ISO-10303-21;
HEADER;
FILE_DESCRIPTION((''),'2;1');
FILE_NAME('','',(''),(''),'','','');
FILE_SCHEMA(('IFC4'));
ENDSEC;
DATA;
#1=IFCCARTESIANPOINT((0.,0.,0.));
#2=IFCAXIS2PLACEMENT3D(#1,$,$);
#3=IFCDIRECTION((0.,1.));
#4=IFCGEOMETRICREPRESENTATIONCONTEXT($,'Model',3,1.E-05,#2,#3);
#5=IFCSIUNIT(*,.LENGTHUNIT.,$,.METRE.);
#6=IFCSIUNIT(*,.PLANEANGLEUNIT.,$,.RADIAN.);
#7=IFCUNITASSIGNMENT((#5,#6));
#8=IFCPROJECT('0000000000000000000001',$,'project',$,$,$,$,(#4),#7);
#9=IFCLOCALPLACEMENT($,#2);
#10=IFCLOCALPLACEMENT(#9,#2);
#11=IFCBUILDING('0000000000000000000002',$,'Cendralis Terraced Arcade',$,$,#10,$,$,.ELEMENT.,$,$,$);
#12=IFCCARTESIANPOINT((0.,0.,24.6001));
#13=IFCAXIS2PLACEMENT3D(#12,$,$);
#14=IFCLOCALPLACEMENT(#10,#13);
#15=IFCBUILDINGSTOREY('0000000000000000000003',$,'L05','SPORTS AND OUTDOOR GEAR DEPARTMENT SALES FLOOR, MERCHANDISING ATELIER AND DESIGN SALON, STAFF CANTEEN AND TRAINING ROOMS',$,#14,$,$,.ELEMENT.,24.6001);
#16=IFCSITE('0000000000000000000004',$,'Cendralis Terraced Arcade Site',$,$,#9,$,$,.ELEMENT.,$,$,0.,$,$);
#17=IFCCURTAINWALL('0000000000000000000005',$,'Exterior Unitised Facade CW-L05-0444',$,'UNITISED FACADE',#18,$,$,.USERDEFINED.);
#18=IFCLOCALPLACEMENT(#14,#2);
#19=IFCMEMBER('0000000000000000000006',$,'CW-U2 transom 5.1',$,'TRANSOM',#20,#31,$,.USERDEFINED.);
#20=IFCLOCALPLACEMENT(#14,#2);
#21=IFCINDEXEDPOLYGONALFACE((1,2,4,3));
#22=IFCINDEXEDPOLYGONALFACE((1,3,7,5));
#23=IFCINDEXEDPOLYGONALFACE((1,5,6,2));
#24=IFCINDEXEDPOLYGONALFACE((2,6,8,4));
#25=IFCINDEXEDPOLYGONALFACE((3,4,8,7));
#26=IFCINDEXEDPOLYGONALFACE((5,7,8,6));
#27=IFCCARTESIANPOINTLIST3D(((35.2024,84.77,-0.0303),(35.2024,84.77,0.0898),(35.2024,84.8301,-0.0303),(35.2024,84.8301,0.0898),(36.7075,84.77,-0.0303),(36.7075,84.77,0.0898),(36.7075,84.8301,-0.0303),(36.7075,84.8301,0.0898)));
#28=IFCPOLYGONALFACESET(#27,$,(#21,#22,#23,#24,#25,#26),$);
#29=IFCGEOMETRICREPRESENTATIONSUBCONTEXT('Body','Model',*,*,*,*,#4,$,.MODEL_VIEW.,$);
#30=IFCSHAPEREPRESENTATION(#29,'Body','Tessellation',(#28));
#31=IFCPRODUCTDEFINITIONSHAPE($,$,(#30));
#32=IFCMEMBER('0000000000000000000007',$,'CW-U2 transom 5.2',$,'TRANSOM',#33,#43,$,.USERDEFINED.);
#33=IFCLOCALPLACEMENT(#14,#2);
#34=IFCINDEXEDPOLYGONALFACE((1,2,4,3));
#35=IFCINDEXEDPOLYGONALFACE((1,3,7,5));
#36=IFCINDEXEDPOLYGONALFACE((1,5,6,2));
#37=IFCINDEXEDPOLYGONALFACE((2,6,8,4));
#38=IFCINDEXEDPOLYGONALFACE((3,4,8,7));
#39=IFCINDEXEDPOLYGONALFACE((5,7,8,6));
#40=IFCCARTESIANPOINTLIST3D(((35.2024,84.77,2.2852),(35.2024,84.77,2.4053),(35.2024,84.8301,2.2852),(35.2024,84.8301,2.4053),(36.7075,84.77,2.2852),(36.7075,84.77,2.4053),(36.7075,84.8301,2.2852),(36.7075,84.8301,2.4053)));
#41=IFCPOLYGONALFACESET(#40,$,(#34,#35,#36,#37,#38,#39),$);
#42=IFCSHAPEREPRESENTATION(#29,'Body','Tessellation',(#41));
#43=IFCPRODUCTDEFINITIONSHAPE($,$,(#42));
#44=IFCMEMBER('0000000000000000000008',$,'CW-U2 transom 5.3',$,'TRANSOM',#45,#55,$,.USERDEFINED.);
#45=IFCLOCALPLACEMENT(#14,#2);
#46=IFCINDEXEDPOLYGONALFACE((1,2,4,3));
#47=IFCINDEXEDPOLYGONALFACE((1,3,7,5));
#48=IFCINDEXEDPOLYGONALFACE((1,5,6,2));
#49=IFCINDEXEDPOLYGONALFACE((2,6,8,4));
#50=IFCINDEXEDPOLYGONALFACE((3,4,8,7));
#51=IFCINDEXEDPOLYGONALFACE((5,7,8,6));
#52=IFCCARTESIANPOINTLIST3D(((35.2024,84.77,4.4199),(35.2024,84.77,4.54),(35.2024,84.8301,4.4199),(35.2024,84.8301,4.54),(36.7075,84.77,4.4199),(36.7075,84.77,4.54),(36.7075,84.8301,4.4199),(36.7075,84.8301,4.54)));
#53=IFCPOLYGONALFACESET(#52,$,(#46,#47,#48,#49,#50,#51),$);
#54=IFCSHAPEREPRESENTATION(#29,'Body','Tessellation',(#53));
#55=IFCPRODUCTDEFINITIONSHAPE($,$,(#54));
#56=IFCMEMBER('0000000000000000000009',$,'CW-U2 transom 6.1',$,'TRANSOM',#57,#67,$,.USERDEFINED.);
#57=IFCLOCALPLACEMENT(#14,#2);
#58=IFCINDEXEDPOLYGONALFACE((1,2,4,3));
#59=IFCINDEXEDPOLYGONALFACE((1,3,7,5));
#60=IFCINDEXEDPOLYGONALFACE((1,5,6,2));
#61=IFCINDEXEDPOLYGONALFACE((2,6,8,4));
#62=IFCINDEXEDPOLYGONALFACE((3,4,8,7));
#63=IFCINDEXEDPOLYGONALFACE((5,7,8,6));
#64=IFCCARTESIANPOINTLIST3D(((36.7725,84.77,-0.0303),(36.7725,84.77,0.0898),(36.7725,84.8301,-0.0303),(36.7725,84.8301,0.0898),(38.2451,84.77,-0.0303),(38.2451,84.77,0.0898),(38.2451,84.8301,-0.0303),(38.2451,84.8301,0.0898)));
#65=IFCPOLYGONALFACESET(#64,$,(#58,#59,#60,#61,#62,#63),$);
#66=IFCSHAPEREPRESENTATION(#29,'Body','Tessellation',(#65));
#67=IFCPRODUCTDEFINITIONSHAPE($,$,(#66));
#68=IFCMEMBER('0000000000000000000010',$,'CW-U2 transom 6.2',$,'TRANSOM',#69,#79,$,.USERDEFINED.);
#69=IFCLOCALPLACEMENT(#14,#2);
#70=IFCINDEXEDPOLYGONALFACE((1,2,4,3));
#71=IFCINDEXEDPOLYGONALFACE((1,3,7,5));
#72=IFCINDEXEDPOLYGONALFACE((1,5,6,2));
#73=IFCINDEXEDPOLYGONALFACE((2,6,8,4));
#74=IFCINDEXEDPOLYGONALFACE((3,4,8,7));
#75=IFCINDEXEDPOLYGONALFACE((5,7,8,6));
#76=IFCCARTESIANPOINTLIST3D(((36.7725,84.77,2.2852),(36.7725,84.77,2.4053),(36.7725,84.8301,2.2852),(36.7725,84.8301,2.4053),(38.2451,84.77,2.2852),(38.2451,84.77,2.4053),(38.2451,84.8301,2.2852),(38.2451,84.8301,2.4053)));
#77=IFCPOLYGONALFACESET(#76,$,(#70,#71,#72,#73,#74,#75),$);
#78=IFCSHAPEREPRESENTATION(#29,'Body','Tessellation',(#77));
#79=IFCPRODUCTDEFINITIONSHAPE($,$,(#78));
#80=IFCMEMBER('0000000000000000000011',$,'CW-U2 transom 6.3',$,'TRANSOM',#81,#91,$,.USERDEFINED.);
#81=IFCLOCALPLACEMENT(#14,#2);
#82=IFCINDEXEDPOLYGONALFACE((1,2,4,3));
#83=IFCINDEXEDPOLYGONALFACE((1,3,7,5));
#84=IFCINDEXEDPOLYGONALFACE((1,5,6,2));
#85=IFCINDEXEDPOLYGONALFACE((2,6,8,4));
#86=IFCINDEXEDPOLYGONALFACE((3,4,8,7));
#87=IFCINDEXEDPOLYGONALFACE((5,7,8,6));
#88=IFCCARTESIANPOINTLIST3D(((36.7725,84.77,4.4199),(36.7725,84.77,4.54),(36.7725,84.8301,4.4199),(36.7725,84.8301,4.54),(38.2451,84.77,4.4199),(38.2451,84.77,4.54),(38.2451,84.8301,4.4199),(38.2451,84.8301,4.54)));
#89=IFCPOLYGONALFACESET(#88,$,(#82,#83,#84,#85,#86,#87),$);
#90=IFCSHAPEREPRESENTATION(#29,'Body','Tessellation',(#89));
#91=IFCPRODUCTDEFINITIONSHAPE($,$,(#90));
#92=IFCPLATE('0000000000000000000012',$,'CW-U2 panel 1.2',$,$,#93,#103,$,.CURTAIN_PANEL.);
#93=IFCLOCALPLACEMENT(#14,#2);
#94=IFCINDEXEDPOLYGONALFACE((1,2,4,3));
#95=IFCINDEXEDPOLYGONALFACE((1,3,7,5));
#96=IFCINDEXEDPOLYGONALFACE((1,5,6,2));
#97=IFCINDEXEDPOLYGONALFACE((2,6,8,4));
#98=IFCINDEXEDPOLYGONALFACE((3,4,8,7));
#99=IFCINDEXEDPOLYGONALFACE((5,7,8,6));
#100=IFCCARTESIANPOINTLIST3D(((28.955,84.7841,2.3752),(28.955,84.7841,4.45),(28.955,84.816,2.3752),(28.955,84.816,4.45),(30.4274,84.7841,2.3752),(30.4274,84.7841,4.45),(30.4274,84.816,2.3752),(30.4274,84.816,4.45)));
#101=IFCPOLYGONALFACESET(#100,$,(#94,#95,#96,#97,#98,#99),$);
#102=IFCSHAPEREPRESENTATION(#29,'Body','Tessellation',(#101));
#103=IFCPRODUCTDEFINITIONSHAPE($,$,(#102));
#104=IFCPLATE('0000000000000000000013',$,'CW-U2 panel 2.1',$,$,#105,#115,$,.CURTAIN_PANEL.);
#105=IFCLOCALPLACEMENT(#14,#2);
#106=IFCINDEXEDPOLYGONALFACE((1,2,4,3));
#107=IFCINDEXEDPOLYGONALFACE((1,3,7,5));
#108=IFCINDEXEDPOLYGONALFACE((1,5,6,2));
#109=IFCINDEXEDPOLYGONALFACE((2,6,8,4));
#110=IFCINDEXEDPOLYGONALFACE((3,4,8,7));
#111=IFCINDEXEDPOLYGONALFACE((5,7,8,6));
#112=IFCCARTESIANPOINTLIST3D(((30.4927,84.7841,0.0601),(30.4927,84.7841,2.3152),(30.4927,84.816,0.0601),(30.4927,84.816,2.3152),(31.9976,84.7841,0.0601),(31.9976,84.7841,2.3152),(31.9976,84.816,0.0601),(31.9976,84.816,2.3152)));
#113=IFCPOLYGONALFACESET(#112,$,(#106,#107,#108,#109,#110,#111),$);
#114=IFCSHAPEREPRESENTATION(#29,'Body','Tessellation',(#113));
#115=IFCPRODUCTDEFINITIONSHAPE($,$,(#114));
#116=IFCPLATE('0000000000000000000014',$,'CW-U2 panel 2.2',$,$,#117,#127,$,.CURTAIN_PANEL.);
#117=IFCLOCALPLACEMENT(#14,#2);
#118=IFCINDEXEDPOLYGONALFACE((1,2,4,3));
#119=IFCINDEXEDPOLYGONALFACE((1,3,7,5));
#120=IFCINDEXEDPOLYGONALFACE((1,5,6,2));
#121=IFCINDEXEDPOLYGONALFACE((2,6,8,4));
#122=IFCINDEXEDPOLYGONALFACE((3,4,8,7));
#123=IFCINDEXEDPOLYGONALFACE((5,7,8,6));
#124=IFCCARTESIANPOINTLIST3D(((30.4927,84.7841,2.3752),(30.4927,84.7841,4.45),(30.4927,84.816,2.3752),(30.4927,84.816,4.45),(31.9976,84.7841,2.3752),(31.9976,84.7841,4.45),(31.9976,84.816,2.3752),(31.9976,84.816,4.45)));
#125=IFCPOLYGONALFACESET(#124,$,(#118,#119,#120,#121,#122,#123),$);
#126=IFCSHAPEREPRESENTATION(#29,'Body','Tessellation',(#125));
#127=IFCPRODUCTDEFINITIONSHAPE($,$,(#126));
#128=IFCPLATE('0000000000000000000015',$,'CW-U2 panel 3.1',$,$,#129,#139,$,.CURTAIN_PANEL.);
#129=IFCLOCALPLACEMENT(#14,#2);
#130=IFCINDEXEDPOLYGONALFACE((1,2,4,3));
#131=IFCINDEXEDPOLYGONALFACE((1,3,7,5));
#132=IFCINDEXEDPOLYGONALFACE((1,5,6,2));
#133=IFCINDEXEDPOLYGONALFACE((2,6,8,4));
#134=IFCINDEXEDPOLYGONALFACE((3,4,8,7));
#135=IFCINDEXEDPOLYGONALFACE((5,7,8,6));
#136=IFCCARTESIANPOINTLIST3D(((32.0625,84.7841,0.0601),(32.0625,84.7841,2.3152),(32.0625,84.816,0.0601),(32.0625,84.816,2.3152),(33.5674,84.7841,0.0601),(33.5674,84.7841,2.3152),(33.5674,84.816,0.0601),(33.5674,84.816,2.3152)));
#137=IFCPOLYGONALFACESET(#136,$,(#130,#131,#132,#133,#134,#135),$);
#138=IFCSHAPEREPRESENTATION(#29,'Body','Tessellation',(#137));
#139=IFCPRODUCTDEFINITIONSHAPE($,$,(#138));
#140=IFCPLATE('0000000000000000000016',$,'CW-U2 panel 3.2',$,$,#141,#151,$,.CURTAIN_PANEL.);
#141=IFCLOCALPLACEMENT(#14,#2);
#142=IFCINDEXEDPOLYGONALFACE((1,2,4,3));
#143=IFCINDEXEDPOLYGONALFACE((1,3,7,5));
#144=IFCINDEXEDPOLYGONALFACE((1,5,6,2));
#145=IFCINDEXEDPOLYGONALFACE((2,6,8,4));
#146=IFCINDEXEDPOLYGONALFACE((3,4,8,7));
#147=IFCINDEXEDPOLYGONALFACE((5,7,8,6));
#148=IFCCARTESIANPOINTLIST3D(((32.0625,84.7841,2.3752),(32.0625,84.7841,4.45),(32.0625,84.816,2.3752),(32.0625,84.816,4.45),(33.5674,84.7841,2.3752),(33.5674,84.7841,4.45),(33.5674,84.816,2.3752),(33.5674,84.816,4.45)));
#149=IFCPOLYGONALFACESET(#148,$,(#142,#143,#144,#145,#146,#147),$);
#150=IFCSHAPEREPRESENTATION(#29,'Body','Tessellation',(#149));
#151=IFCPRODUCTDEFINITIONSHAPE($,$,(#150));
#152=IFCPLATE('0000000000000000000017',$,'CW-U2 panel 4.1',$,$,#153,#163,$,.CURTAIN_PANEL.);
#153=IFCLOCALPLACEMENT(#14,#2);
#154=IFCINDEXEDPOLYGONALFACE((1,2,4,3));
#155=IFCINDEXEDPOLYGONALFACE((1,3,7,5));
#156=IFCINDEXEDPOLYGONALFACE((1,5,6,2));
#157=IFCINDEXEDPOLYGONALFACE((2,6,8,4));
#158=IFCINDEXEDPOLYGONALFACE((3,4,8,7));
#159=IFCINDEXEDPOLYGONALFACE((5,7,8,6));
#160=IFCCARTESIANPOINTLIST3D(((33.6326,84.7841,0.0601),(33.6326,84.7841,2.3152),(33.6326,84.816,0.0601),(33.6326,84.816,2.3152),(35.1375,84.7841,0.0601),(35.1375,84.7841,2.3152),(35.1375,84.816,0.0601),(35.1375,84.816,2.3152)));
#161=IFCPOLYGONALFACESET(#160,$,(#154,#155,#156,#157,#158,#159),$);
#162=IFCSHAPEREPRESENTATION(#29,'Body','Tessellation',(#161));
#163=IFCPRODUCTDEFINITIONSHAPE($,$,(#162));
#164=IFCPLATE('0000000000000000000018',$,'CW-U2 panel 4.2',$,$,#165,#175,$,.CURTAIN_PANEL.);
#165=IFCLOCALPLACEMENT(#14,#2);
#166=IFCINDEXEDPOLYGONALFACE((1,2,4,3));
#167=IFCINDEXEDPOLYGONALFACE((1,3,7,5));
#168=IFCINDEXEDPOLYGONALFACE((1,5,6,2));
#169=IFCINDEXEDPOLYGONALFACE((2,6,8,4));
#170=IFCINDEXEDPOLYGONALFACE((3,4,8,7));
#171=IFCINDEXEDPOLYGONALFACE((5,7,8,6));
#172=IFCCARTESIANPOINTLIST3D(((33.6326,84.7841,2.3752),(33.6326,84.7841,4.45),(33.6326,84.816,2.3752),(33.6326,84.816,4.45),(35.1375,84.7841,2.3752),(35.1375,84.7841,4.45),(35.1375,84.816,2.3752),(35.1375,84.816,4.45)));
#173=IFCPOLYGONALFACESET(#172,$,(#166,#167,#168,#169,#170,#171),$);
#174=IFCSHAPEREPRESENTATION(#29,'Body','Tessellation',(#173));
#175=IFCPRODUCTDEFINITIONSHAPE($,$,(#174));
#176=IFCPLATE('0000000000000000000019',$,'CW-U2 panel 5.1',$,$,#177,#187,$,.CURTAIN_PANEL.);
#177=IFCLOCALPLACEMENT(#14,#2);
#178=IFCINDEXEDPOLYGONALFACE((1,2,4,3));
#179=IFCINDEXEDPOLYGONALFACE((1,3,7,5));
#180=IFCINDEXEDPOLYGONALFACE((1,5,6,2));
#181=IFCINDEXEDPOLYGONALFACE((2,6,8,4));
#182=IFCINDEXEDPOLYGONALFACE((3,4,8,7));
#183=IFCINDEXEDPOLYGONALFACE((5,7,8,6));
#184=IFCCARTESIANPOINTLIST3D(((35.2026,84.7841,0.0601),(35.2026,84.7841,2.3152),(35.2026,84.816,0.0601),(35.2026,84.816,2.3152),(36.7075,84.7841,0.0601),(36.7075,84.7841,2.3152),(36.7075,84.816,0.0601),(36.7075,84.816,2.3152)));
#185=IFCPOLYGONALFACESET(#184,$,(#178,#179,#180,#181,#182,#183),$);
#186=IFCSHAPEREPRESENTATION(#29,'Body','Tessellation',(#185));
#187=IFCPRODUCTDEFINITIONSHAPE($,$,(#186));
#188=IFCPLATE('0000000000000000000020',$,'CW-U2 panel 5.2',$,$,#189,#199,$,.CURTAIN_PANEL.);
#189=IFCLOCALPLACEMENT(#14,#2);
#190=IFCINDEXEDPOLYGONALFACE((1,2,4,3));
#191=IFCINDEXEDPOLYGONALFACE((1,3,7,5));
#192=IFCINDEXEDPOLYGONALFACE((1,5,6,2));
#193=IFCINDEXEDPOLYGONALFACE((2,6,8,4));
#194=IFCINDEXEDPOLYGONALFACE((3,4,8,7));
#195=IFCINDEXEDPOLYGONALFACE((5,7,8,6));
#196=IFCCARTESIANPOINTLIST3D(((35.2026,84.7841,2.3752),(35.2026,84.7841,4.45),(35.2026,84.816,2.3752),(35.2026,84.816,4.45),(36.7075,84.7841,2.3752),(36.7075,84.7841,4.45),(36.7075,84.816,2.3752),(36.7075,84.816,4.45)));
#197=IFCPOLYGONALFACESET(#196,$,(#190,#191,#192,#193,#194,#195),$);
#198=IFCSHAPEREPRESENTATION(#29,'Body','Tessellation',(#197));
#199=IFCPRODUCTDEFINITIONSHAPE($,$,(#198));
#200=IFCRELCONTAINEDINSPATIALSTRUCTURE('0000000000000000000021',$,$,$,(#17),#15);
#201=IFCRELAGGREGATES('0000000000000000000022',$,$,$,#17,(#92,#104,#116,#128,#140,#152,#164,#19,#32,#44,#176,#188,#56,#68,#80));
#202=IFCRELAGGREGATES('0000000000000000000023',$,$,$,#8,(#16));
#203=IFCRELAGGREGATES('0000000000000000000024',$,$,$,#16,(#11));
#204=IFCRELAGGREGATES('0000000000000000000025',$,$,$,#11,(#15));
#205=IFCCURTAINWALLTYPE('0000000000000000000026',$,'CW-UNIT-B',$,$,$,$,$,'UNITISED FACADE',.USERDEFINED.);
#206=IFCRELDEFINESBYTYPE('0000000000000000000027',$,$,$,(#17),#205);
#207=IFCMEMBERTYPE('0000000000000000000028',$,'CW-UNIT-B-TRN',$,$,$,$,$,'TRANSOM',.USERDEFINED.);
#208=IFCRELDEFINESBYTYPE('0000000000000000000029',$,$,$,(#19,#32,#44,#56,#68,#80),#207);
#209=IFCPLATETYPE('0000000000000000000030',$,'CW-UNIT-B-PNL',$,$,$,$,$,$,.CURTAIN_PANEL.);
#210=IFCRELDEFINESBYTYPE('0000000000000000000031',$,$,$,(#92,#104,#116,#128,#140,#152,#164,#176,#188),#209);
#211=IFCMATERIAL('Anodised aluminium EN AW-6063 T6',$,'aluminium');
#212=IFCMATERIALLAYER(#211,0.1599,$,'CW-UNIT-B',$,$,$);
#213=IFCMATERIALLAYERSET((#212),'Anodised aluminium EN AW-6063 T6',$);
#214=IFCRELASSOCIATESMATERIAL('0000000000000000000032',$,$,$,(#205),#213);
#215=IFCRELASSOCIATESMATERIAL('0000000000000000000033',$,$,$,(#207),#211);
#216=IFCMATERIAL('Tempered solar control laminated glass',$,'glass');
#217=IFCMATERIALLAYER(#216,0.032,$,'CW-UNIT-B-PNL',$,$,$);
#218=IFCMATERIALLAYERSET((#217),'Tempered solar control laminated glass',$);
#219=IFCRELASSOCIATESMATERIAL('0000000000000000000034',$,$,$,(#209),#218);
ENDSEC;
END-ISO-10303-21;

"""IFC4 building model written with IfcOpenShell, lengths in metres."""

from ifc_helpers import new_model, si_unit, direction, frame, origin, origin_2d, place, context, subcontext, project, spatial, rectangle, extrude, material, layer, layer_set, material_profile, profile_set, type_object, element, aggregate, save


model = new_model("IFC4")

# Units and contexts
model_context = context("Model", 3, precision=1e-05, world=origin(), true_north=direction((0.0, 1.0)))
body_context = subcontext(model_context, "Body", "Model", "MODEL_VIEW")
ifc_project = project(units=[si_unit("LENGTHUNIT", "METRE"), si_unit("PLANEANGLEUNIT", "RADIAN")], contexts=[model_context])

# Site, building, storey
site_placement = place(None, origin())
site = spatial("IfcSite", under=ifc_project, at=site_placement, Name="Cendralis Terraced Arcade Site", CompositionType="ELEMENT", RefElevation=0.0)
building_placement = place(site_placement, origin())
building = spatial("IfcBuilding", under=site, at=building_placement, Name="Cendralis Terraced Arcade", CompositionType="ELEMENT")
storey_placement = place(building_placement, frame((0.0, 0.0, 24.6001)))
storey = spatial("IfcBuildingStorey", under=building, at=storey_placement, Name="L05", Description="SPORTS AND OUTDOOR GEAR DEPARTMENT SALES FLOOR, MERCHANDISING ATELIER AND DESIGN SALON, STAFF CANTEEN AND TRAINING ROOMS", CompositionType="ELEMENT", Elevation=24.6001)

# Curtain wall, members, plates
ifc_material_1 = material(Name="Anodised aluminium EN AW-6063 T6", Category="aluminium")
ifc_layer_1 = layer(ifc_material_1, 0.1599, Name="CW-UNIT-B")
ifc_layer_set_1 = layer_set([ifc_layer_1], Name="Anodised aluminium EN AW-6063 T6")
curtain_wall_type = type_object("IfcCurtainWallType", Name="CW-UNIT-B", ElementType="UNITISED FACADE", PredefinedType="USERDEFINED", material=ifc_layer_set_1)
curtain_wall_placement = place(storey_placement, origin())
curtain_wall = element("IfcCurtainWall", 1, at=curtain_wall_placement, inside=storey, type_object=curtain_wall_type, Name="Exterior Unitised Facade CW-L05-0444", ObjectType="UNITISED FACADE", PredefinedType="USERDEFINED")
ifc_material_profile_1 = material_profile(ifc_material_1, rectangle(XDim=0.0601, YDim=0.1201, at=origin_2d()), Name="ALU-TRN-60x120")
ifc_profile_set_1 = profile_set([ifc_material_profile_1], Name="Anodised aluminium EN AW-6063 T6")
member_type_1 = type_object("IfcMemberType", Name="CW-UNIT-B-TRN", ElementType="TRANSOM", PredefinedType="USERDEFINED", material=ifc_profile_set_1)
member_1_placement = place(storey_placement, frame((35.2024, 84.8, 0.0298), z_axis=(1.0, 0.0, 0.0), x_axis=(0.0, 1.0, 0.0)))
member_1 = element("IfcMember", 2, at=member_1_placement, type_object=member_type_1, Name="CW-U2 transom 5.1", ObjectType="TRANSOM", PredefinedType="USERDEFINED", context=body_context, shape_type="SweptSolid", body=[
    extrude(rectangle(XDim=0.0601, YDim=0.1201, at=origin_2d()), origin(), (0.0, 0.0, 1.0), 1.5051),
])
member_2_placement = place(storey_placement, frame((35.2024, 84.8, 2.3452), z_axis=(1.0, 0.0, 0.0), x_axis=(0.0, 1.0, 0.0)))
member_2 = element("IfcMember", 3, at=member_2_placement, type_object=member_type_1, Name="CW-U2 transom 5.2", ObjectType="TRANSOM", PredefinedType="USERDEFINED", context=body_context, shape_type="SweptSolid", body=[
    extrude(rectangle(XDim=0.0601, YDim=0.1201, at=origin_2d()), origin(), (0.0, 0.0, 1.0), 1.5051),
])
member_3_placement = place(storey_placement, frame((35.2024, 84.8, 4.48), z_axis=(1.0, 0.0, 0.0), x_axis=(0.0, 1.0, 0.0)))
member_3 = element("IfcMember", 4, at=member_3_placement, type_object=member_type_1, Name="CW-U2 transom 5.3", ObjectType="TRANSOM", PredefinedType="USERDEFINED", context=body_context, shape_type="SweptSolid", body=[
    extrude(rectangle(XDim=0.0601, YDim=0.1201, at=origin_2d()), origin(), (0.0, 0.0, 1.0), 1.5051),
])
member_4_placement = place(storey_placement, frame((36.7725, 84.8, 0.0298), z_axis=(1.0, 0.0, 0.0), x_axis=(0.0, 1.0, 0.0)))
member_4 = element("IfcMember", 5, at=member_4_placement, type_object=member_type_1, Name="CW-U2 transom 6.1", ObjectType="TRANSOM", PredefinedType="USERDEFINED", context=body_context, shape_type="SweptSolid", body=[
    extrude(rectangle(XDim=0.0601, YDim=0.1201, at=origin_2d()), origin(), (0.0, 0.0, 1.0), 1.4727),
])
member_5_placement = place(storey_placement, frame((36.7725, 84.8, 2.3452), z_axis=(1.0, 0.0, 0.0), x_axis=(0.0, 1.0, 0.0)))
member_5 = element("IfcMember", 6, at=member_5_placement, type_object=member_type_1, Name="CW-U2 transom 6.2", ObjectType="TRANSOM", PredefinedType="USERDEFINED", context=body_context, shape_type="SweptSolid", body=[
    extrude(rectangle(XDim=0.0601, YDim=0.1201, at=origin_2d()), origin(), (0.0, 0.0, 1.0), 1.4727),
])
member_6_placement = place(storey_placement, frame((36.7725, 84.8, 4.48), z_axis=(1.0, 0.0, 0.0), x_axis=(0.0, 1.0, 0.0)))
member_6 = element("IfcMember", 7, at=member_6_placement, type_object=member_type_1, Name="CW-U2 transom 6.3", ObjectType="TRANSOM", PredefinedType="USERDEFINED", context=body_context, shape_type="SweptSolid", body=[
    extrude(rectangle(XDim=0.0601, YDim=0.1201, at=origin_2d()), origin(), (0.0, 0.0, 1.0), 1.4727),
])
ifc_material_2 = material(Name="Tempered solar control laminated glass", Category="glass")
ifc_layer_2 = layer(ifc_material_2, 0.032, Name="CW-UNIT-B-PNL")
ifc_layer_set_2 = layer_set([ifc_layer_2], Name="Tempered solar control laminated glass")
plate_type = type_object("IfcPlateType", Name="CW-UNIT-B-PNL", PredefinedType="CURTAIN_PANEL", material=ifc_layer_set_2)
plate_1_placement = place(storey_placement, frame((29.6912, 84.8, 2.3752), z_axis=(0.0, 0.0, 1.0), x_axis=(1.0, 0.0, 0.0)))
plate_1 = element("IfcPlate", 8, at=plate_1_placement, type_object=plate_type, Name="CW-U2 panel 1.2", PredefinedType="CURTAIN_PANEL", context=body_context, shape_type="SweptSolid", body=[
    extrude(rectangle(XDim=1.4724, YDim=0.032, at=origin_2d()), origin(), (0.0, 0.0, 1.0), 2.0747),
])
plate_2_placement = place(storey_placement, frame((31.2451, 84.8, 0.0601), z_axis=(0.0, 0.0, 1.0), x_axis=(1.0, 0.0, 0.0)))
plate_2 = element("IfcPlate", 9, at=plate_2_placement, type_object=plate_type, Name="CW-U2 panel 2.1", PredefinedType="CURTAIN_PANEL", context=body_context, shape_type="SweptSolid", body=[
    extrude(rectangle(XDim=1.5049, YDim=0.032, at=origin_2d()), origin(), (0.0, 0.0, 1.0), 2.2551),
])
plate_3_placement = place(storey_placement, frame((31.2451, 84.8, 2.3752), z_axis=(0.0, 0.0, 1.0), x_axis=(1.0, 0.0, 0.0)))
plate_3 = element("IfcPlate", 10, at=plate_3_placement, type_object=plate_type, Name="CW-U2 panel 2.2", PredefinedType="CURTAIN_PANEL", context=body_context, shape_type="SweptSolid", body=[
    extrude(rectangle(XDim=1.5049, YDim=0.032, at=origin_2d()), origin(), (0.0, 0.0, 1.0), 2.0747),
])
plate_4_placement = place(storey_placement, frame((32.8149, 84.8, 0.0601), z_axis=(0.0, 0.0, 1.0), x_axis=(1.0, 0.0, 0.0)))
plate_4 = element("IfcPlate", 11, at=plate_4_placement, type_object=plate_type, Name="CW-U2 panel 3.1", PredefinedType="CURTAIN_PANEL", context=body_context, shape_type="SweptSolid", body=[
    extrude(rectangle(XDim=1.5049, YDim=0.032, at=origin_2d()), origin(), (0.0, 0.0, 1.0), 2.2551),
])
plate_5_placement = place(storey_placement, frame((32.8149, 84.8, 2.3752), z_axis=(0.0, 0.0, 1.0), x_axis=(1.0, 0.0, 0.0)))
plate_5 = element("IfcPlate", 12, at=plate_5_placement, type_object=plate_type, Name="CW-U2 panel 3.2", PredefinedType="CURTAIN_PANEL", context=body_context, shape_type="SweptSolid", body=[
    extrude(rectangle(XDim=1.5049, YDim=0.032, at=origin_2d()), origin(), (0.0, 0.0, 1.0), 2.0747),
])
plate_6_placement = place(storey_placement, frame((34.385, 84.8, 0.0601), z_axis=(0.0, 0.0, 1.0), x_axis=(1.0, 0.0, 0.0)))
plate_6 = element("IfcPlate", 13, at=plate_6_placement, type_object=plate_type, Name="CW-U2 panel 4.1", PredefinedType="CURTAIN_PANEL", context=body_context, shape_type="SweptSolid", body=[
    extrude(rectangle(XDim=1.5049, YDim=0.032, at=origin_2d()), origin(), (0.0, 0.0, 1.0), 2.2551),
])
plate_7_placement = place(storey_placement, frame((34.385, 84.8, 2.3752), z_axis=(0.0, 0.0, 1.0), x_axis=(1.0, 0.0, 0.0)))
plate_7 = element("IfcPlate", 14, at=plate_7_placement, type_object=plate_type, Name="CW-U2 panel 4.2", PredefinedType="CURTAIN_PANEL", context=body_context, shape_type="SweptSolid", body=[
    extrude(rectangle(XDim=1.5049, YDim=0.032, at=origin_2d()), origin(), (0.0, 0.0, 1.0), 2.0747),
])
plate_8_placement = place(storey_placement, frame((35.9551, 84.8, 0.0601), z_axis=(0.0, 0.0, 1.0), x_axis=(1.0, 0.0, 0.0)))
plate_8 = element("IfcPlate", 15, at=plate_8_placement, type_object=plate_type, Name="CW-U2 panel 5.1", PredefinedType="CURTAIN_PANEL", context=body_context, shape_type="SweptSolid", body=[
    extrude(rectangle(XDim=1.5049, YDim=0.032, at=origin_2d()), origin(), (0.0, 0.0, 1.0), 2.2551),
])
plate_9_placement = place(storey_placement, frame((35.9551, 84.8, 2.3752), z_axis=(0.0, 0.0, 1.0), x_axis=(1.0, 0.0, 0.0)))
plate_9 = element("IfcPlate", 16, at=plate_9_placement, type_object=plate_type, Name="CW-U2 panel 5.2", PredefinedType="CURTAIN_PANEL", context=body_context, shape_type="SweptSolid", body=[
    extrude(rectangle(XDim=1.5049, YDim=0.032, at=origin_2d()), origin(), (0.0, 0.0, 1.0), 2.0747),
])
aggregate(curtain_wall, [plate_1, plate_2, plate_3, plate_4, plate_5, plate_6, plate_7, member_1, member_2, member_3, plate_8, plate_9, member_4, member_5, member_6])

save(model, "model.ifc")
